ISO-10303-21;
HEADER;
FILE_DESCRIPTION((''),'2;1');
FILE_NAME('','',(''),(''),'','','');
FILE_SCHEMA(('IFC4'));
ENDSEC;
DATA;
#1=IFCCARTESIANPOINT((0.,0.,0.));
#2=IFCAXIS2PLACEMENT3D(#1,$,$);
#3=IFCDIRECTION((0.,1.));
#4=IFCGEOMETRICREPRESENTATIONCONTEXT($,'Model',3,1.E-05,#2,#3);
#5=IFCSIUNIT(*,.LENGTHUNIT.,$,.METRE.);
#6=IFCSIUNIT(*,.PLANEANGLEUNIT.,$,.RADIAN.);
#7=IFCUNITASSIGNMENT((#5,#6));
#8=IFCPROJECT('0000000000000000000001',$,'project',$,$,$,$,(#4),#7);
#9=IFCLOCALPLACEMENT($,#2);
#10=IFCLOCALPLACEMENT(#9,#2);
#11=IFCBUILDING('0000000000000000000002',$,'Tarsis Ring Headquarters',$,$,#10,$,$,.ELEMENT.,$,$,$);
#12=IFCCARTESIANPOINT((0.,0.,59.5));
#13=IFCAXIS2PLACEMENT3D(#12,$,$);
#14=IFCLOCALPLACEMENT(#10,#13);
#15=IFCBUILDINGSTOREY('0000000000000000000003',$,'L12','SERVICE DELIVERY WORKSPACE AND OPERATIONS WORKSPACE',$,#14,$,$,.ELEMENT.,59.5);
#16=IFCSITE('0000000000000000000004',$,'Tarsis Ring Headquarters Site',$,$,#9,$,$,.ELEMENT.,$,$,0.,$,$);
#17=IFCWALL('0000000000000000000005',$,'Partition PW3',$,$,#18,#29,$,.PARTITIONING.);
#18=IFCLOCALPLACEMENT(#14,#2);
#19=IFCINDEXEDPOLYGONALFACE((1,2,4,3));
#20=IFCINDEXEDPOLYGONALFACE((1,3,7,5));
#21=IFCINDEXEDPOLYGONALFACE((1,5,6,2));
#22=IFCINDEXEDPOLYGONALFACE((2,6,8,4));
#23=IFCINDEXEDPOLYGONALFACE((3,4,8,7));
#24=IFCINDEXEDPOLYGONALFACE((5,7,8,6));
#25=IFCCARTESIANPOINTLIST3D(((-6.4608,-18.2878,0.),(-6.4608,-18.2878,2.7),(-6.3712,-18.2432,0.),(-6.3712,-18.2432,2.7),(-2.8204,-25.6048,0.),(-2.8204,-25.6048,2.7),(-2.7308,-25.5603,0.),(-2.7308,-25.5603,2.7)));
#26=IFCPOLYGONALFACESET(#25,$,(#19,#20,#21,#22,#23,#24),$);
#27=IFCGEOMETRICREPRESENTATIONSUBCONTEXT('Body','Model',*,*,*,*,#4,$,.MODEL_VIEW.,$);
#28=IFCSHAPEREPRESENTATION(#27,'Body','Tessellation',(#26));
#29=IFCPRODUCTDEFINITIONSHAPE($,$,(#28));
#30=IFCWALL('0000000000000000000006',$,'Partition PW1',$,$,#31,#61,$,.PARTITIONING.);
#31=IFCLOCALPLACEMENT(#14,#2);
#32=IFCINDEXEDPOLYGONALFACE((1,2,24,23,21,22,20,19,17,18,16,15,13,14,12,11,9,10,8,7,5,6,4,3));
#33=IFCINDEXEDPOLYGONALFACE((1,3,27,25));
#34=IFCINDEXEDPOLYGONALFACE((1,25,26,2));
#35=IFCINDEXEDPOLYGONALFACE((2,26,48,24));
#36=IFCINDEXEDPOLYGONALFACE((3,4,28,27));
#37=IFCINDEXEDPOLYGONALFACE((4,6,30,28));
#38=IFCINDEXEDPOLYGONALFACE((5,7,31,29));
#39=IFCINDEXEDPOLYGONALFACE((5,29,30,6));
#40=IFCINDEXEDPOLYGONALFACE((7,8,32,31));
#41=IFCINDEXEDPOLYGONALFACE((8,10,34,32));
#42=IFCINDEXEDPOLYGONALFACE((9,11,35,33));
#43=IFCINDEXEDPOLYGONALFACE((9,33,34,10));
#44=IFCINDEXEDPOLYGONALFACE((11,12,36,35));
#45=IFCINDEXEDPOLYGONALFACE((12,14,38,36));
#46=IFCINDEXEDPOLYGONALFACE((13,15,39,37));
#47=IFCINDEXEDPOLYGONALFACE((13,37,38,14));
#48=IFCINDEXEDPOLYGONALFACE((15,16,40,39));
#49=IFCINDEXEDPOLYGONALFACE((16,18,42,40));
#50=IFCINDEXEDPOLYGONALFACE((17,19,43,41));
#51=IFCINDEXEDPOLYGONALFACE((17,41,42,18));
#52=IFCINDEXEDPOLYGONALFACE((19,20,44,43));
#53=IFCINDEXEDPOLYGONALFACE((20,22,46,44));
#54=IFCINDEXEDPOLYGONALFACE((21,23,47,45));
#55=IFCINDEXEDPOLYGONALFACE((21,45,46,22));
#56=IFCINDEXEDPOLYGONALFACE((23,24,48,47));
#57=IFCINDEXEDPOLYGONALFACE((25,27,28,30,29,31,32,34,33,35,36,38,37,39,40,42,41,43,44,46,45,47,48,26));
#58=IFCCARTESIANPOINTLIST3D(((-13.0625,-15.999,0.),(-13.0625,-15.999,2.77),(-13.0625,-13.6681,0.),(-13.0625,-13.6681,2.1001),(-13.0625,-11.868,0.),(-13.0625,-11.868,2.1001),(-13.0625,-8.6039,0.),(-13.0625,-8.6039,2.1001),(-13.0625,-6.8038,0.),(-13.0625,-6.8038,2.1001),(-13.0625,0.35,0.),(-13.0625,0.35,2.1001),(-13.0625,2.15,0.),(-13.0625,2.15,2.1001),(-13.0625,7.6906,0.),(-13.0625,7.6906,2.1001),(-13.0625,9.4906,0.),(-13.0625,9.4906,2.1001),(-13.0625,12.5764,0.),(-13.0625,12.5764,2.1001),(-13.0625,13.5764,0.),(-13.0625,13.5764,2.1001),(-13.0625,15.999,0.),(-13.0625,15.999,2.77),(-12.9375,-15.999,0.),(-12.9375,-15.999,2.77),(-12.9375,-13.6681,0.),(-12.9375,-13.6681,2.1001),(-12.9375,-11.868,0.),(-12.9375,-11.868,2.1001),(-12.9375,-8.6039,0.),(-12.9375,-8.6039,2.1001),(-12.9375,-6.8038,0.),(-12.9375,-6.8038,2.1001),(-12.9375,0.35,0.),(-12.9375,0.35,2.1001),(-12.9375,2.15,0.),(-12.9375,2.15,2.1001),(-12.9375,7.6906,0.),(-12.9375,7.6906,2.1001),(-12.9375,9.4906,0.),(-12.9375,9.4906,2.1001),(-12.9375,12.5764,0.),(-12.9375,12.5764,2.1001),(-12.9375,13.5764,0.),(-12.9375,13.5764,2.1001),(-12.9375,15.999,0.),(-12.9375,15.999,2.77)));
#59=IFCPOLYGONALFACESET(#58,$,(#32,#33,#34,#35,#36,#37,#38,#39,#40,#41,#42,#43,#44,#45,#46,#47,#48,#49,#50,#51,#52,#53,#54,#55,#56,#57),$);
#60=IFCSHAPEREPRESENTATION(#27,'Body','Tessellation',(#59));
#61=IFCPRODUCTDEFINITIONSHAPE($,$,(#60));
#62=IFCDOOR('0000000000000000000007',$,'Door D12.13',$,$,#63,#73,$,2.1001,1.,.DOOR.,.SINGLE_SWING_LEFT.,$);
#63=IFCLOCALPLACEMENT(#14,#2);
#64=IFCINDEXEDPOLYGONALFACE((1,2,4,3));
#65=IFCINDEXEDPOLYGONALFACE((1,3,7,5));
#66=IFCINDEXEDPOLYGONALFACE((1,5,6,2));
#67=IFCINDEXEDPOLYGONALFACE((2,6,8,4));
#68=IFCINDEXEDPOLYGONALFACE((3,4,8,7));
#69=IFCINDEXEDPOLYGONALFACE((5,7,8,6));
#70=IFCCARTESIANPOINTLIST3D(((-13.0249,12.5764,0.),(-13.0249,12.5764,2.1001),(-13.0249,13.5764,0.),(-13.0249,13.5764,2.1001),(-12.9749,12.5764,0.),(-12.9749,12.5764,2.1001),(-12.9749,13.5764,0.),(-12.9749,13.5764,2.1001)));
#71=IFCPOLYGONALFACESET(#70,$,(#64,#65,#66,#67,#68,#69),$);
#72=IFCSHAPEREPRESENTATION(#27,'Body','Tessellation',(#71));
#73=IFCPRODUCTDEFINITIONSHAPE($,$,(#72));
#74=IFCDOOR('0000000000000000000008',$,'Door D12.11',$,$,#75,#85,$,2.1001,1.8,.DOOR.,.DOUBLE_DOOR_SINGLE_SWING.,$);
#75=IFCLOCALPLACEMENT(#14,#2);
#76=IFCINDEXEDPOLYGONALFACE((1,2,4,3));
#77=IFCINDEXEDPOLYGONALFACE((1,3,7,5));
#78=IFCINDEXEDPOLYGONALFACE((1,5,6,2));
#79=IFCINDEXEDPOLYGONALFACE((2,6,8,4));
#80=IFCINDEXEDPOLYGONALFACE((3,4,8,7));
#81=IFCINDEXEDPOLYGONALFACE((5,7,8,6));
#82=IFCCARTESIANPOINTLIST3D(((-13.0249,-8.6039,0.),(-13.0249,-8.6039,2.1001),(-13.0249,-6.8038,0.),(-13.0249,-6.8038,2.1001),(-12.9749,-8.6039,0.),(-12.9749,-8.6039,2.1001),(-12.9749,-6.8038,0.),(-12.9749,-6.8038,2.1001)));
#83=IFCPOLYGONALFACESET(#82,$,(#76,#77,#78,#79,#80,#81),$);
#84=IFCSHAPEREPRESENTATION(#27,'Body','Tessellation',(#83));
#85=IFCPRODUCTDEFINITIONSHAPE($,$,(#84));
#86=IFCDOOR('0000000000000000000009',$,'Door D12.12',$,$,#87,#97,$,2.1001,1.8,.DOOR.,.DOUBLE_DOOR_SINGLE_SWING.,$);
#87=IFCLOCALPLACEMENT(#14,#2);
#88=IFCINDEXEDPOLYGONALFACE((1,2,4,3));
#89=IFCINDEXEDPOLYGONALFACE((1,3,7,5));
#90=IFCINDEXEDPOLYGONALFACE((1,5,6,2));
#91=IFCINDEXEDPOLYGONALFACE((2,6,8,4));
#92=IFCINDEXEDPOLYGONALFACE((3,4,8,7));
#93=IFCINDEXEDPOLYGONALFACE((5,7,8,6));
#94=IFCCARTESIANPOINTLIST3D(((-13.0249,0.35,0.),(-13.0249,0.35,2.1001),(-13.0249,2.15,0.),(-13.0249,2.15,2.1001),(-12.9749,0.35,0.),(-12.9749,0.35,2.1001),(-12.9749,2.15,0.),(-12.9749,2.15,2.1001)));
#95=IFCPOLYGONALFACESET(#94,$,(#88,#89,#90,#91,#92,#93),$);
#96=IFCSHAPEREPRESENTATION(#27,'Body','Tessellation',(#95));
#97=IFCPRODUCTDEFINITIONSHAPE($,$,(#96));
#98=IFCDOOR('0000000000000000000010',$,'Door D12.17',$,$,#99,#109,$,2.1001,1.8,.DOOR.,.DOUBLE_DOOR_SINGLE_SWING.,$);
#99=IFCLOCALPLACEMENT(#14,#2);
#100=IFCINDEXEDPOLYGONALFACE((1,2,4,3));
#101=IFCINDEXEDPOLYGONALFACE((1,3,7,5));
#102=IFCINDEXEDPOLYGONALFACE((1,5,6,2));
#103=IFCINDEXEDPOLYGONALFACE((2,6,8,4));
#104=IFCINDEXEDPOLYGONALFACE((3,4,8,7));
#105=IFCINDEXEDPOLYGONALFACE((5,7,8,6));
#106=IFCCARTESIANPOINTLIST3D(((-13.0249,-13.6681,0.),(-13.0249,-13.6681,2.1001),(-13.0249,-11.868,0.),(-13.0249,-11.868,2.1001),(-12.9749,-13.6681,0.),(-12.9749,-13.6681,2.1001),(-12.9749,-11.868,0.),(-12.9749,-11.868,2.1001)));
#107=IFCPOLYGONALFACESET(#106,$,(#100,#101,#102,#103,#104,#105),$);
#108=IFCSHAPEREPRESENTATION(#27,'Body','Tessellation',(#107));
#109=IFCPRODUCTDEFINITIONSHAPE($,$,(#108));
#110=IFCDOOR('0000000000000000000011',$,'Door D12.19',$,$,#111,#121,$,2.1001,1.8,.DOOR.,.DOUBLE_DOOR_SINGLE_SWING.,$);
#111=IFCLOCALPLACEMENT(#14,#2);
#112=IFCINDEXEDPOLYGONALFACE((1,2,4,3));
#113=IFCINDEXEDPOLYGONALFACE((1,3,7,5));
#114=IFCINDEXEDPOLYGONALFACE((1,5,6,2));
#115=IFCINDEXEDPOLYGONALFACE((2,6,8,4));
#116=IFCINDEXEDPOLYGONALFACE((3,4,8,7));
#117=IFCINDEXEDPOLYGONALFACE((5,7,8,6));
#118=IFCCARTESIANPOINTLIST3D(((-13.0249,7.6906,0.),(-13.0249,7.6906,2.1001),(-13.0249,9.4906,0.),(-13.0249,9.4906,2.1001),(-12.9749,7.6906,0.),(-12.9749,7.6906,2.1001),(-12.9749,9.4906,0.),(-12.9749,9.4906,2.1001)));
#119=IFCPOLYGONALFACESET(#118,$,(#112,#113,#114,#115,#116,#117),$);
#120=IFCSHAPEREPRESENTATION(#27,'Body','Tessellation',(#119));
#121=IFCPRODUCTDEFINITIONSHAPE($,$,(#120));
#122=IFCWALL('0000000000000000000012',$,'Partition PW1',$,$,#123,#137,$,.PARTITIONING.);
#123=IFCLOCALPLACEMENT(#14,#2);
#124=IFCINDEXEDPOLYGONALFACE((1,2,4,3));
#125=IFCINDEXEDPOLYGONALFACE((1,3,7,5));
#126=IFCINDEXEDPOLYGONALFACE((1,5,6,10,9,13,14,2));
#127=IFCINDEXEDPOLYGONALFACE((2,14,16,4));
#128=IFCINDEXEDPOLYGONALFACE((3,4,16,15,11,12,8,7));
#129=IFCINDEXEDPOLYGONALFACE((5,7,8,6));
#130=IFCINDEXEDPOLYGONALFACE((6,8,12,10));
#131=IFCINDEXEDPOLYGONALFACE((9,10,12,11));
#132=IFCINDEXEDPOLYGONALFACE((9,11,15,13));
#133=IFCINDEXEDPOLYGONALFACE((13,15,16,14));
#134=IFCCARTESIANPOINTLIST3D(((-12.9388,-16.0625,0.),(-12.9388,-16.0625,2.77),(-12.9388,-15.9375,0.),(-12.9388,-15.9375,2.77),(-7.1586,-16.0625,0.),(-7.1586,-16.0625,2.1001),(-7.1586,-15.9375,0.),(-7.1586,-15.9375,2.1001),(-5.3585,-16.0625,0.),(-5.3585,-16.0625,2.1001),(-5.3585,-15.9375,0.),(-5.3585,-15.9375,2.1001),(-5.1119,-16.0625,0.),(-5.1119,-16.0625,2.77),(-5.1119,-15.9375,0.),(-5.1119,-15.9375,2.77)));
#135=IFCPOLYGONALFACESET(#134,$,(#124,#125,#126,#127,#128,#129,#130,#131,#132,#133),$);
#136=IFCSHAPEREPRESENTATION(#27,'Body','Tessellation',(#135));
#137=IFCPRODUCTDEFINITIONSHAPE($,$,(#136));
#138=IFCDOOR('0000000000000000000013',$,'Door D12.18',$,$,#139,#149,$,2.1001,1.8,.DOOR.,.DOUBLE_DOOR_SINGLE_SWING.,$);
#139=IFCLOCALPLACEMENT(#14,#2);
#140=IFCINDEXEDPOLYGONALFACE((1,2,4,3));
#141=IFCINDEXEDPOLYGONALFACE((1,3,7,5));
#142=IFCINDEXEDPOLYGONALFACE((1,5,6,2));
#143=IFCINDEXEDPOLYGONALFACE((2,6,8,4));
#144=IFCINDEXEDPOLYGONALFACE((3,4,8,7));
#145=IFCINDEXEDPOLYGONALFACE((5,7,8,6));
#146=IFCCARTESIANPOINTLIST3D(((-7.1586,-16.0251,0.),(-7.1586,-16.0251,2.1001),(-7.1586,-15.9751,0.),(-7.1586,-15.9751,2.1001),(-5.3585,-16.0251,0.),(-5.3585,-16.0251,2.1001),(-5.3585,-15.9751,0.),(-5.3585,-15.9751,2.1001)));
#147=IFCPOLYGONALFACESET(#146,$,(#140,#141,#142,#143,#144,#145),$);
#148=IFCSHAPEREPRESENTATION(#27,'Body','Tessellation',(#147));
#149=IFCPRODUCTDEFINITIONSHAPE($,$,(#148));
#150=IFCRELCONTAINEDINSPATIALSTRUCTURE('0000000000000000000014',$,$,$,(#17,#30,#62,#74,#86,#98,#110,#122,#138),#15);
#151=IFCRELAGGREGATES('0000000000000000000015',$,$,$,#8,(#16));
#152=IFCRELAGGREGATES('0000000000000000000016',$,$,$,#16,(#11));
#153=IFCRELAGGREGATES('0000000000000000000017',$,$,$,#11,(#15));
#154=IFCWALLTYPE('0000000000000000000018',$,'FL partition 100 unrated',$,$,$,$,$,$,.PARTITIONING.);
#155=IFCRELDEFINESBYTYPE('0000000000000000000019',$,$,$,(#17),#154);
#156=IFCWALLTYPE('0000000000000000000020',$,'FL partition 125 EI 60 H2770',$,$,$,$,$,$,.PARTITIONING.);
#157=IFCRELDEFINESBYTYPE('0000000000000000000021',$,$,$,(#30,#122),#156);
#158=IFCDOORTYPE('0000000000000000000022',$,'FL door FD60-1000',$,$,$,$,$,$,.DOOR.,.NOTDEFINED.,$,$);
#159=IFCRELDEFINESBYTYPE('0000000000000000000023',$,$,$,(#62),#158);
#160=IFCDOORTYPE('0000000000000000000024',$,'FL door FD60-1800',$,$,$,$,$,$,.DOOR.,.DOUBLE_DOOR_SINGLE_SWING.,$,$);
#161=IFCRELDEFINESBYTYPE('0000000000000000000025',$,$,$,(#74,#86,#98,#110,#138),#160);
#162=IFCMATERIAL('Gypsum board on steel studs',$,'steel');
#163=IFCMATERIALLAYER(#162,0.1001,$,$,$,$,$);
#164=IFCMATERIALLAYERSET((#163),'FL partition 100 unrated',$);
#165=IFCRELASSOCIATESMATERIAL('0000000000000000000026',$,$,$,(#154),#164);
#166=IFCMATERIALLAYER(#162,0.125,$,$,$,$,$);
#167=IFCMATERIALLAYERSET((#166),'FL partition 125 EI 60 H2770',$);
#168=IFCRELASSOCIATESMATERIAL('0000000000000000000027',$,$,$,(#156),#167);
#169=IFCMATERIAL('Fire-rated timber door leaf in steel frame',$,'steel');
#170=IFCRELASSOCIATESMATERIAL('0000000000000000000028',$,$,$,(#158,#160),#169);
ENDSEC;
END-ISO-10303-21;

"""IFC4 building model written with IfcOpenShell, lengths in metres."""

from ifc_helpers import new_model, si_unit, direction, frame, frame_2d, origin, place, context, subcontext, project, spatial, rectangle, extrude, material, layer, layer_set, type_object, element, fill, save


model = new_model("IFC4")

# Units and contexts
model_context = context("Model", 3, precision=1e-05, world=origin(), true_north=direction((0.0, 1.0)))
body_context = subcontext(model_context, "Body", "Model", "MODEL_VIEW")
ifc_project = project(units=[si_unit("LENGTHUNIT", "METRE"), si_unit("PLANEANGLEUNIT", "RADIAN")], contexts=[model_context])

# Site, building, storey
site_placement = place(None, origin())
site = spatial("IfcSite", under=ifc_project, at=site_placement, Name="Tarsis Ring Headquarters Site", CompositionType="ELEMENT", RefElevation=0.0)
building_placement = place(site_placement, origin())
building = spatial("IfcBuilding", under=site, at=building_placement, Name="Tarsis Ring Headquarters", CompositionType="ELEMENT")
storey_placement = place(building_placement, frame((0.0, 0.0, 59.5)))
storey = spatial("IfcBuildingStorey", under=building, at=storey_placement, Name="L12", Description="SERVICE DELIVERY WORKSPACE AND OPERATIONS WORKSPACE", CompositionType="ELEMENT", Elevation=59.5)

# Wall
ifc_material_1 = material(Name="Gypsum board on steel studs", Category="steel")
ifc_layer_1 = layer(ifc_material_1, 0.1001)
ifc_layer_set_1 = layer_set([ifc_layer_1], Name="FL partition 100 unrated")
wall_type_1 = type_object("IfcWallType", Name="FL partition 100 unrated", PredefinedType="PARTITIONING", material=ifc_layer_set_1)
wall_1_placement = place(storey_placement, frame((-6.416, -18.2654, 0.0), z_axis=(0.0, 0.0, 1.0), x_axis=(0.445432, -0.895316, 0.0)))
element("IfcWall", 1, at=wall_1_placement, inside=storey, type_object=wall_type_1, Name="Partition PW3", PredefinedType="PARTITIONING", context=body_context, shape_type="SweptSolid", body=[
    extrude(rectangle(XDim=8.1726, YDim=0.1001, at=frame_2d((4.0864, 0.0))), origin(), (0.0, 0.0, 1.0), 2.7),
])

# Wall, openings, doors
ifc_layer_2 = layer(ifc_material_1, 0.125)
ifc_layer_set_2 = layer_set([ifc_layer_2], Name="FL partition 125 EI 60 H2770")
wall_type_2 = type_object("IfcWallType", Name="FL partition 125 EI 60 H2770", PredefinedType="PARTITIONING", material=ifc_layer_set_2)
wall_2_placement = place(storey_placement, frame((-13.0, -15.999, 0.0), z_axis=(0.0, 0.0, 1.0), x_axis=(0.0, 1.0, 0.0)))
wall_2 = element("IfcWall", 2, at=wall_2_placement, inside=storey, type_object=wall_type_2, Name="Partition PW1", PredefinedType="PARTITIONING", context=body_context, shape_type="SweptSolid", body=[
    extrude(rectangle(XDim=31.998, YDim=0.125, at=frame_2d((15.999, 0.0))), origin(), (0.0, 0.0, 1.0), 2.77),
])
opening_1_placement = place(wall_2_placement, frame((7.3953, 0.0, 0.0)))
opening_1 = element("IfcOpeningElement", 3, at=opening_1_placement, cuts=wall_2, PredefinedType="OPENING", context=body_context, shape_type="SweptSolid", body=[
    extrude(rectangle(XDim=1.8, YDim=2.1001, at=frame_2d((0.8999, 1.05))), frame((0.0, 0.0725, 0.0), z_axis=(0.0, -1.0, 0.0), x_axis=(1.0, 0.0, 0.0)), (0.0, 0.0, 1.0), 0.145),
])
opening_2_placement = place(wall_2_placement, frame((16.3491, 0.0, 0.0)))
opening_2 = element("IfcOpeningElement", 4, at=opening_2_placement, cuts=wall_2, PredefinedType="OPENING", context=body_context, shape_type="SweptSolid", body=[
    extrude(rectangle(XDim=1.8, YDim=2.1001, at=frame_2d((0.8999, 1.05))), frame((0.0, 0.0725, 0.0), z_axis=(0.0, -1.0, 0.0), x_axis=(1.0, 0.0, 0.0)), (0.0, 0.0, 1.0), 0.145),
])
opening_3_placement = place(wall_2_placement, frame((28.5754, 0.0, 0.0)))
opening_3 = element("IfcOpeningElement", 5, at=opening_3_placement, cuts=wall_2, PredefinedType="OPENING", context=body_context, shape_type="SweptSolid", body=[
    extrude(rectangle(XDim=1.0, YDim=2.1001, at=frame_2d((0.5, 1.05))), frame((0.0, 0.0725, 0.0), z_axis=(0.0, -1.0, 0.0), x_axis=(1.0, 0.0, 0.0)), (0.0, 0.0, 1.0), 0.145),
])
opening_4_placement = place(wall_2_placement, frame((2.3311, 0.0, 0.0)))
opening_4 = element("IfcOpeningElement", 6, at=opening_4_placement, cuts=wall_2, PredefinedType="OPENING", context=body_context, shape_type="SweptSolid", body=[
    extrude(rectangle(XDim=1.8, YDim=2.1001, at=frame_2d((0.8999, 1.05))), frame((0.0, 0.0725, 0.0), z_axis=(0.0, -1.0, 0.0), x_axis=(1.0, 0.0, 0.0)), (0.0, 0.0, 1.0), 0.145),
])
opening_5_placement = place(wall_2_placement, frame((23.6897, 0.0, 0.0)))
opening_5 = element("IfcOpeningElement", 7, at=opening_5_placement, cuts=wall_2, PredefinedType="OPENING", context=body_context, shape_type="SweptSolid", body=[
    extrude(rectangle(XDim=1.8, YDim=2.1001, at=frame_2d((0.8999, 1.05))), frame((0.0, 0.0725, 0.0), z_axis=(0.0, -1.0, 0.0), x_axis=(1.0, 0.0, 0.0)), (0.0, 0.0, 1.0), 0.145),
])
ifc_material_2 = material(Name="Fire-rated timber door leaf in steel frame", Category="steel")
door_type_1 = type_object("IfcDoorType", Name="FL door FD60-1000", OperationType="NOTDEFINED", PredefinedType="DOOR", material=ifc_material_2)
door_1_placement = place(opening_3_placement, origin())
door_1 = element("IfcDoor", 8, at=door_1_placement, inside=storey, type_object=door_type_1, Name="Door D12.13", OperationType="SINGLE_SWING_LEFT", OverallHeight=2.1001, OverallWidth=1.0, PredefinedType="DOOR", context=body_context, shape_type="SweptSolid", body=[
    extrude(rectangle(XDim=1.0, YDim=2.1001, at=frame_2d((0.5, 1.05))), frame((0.0, 0.0249, 0.0), z_axis=(0.0, -1.0, 0.0), x_axis=(1.0, 0.0, 0.0)), (0.0, 0.0, 1.0), 0.05),
])
fill(opening_3, door_1)
door_type_2 = type_object("IfcDoorType", Name="FL door FD60-1800", OperationType="DOUBLE_DOOR_SINGLE_SWING", PredefinedType="DOOR", material=ifc_material_2)
door_2_placement = place(opening_1_placement, origin())
door_2 = element("IfcDoor", 9, at=door_2_placement, inside=storey, type_object=door_type_2, Name="Door D12.11", OperationType="DOUBLE_DOOR_SINGLE_SWING", OverallHeight=2.1001, OverallWidth=1.8, PredefinedType="DOOR", context=body_context, shape_type="SweptSolid", body=[
    extrude(rectangle(XDim=1.8, YDim=2.1001, at=frame_2d((0.8999, 1.05))), frame((0.0, 0.0249, 0.0), z_axis=(0.0, -1.0, 0.0), x_axis=(1.0, 0.0, 0.0)), (0.0, 0.0, 1.0), 0.05),
])
fill(opening_1, door_2)
door_3_placement = place(opening_2_placement, origin())
door_3 = element("IfcDoor", 10, at=door_3_placement, inside=storey, type_object=door_type_2, Name="Door D12.12", OperationType="DOUBLE_DOOR_SINGLE_SWING", OverallHeight=2.1001, OverallWidth=1.8, PredefinedType="DOOR", context=body_context, shape_type="SweptSolid", body=[
    extrude(rectangle(XDim=1.8, YDim=2.1001, at=frame_2d((0.8999, 1.05))), frame((0.0, 0.0249, 0.0), z_axis=(0.0, -1.0, 0.0), x_axis=(1.0, 0.0, 0.0)), (0.0, 0.0, 1.0), 0.05),
])
fill(opening_2, door_3)
door_4_placement = place(opening_4_placement, origin())
door_4 = element("IfcDoor", 11, at=door_4_placement, inside=storey, type_object=door_type_2, Name="Door D12.17", OperationType="DOUBLE_DOOR_SINGLE_SWING", OverallHeight=2.1001, OverallWidth=1.8, PredefinedType="DOOR", context=body_context, shape_type="SweptSolid", body=[
    extrude(rectangle(XDim=1.8, YDim=2.1001, at=frame_2d((0.8999, 1.05))), frame((0.0, 0.0249, 0.0), z_axis=(0.0, -1.0, 0.0), x_axis=(1.0, 0.0, 0.0)), (0.0, 0.0, 1.0), 0.05),
])
fill(opening_4, door_4)
door_5_placement = place(opening_5_placement, origin())
door_5 = element("IfcDoor", 12, at=door_5_placement, inside=storey, type_object=door_type_2, Name="Door D12.19", OperationType="DOUBLE_DOOR_SINGLE_SWING", OverallHeight=2.1001, OverallWidth=1.8, PredefinedType="DOOR", context=body_context, shape_type="SweptSolid", body=[
    extrude(rectangle(XDim=1.8, YDim=2.1001, at=frame_2d((0.8999, 1.05))), frame((0.0, 0.0249, 0.0), z_axis=(0.0, -1.0, 0.0), x_axis=(1.0, 0.0, 0.0)), (0.0, 0.0, 1.0), 0.05),
])
fill(opening_5, door_5)

# Wall, opening, door
wall_3_placement = place(storey_placement, frame((-12.939, -16.0, 0.0), z_axis=(0.0, 0.0, 1.0), x_axis=(1.0, 0.0, 0.0)))
wall_3 = element("IfcWall", 13, at=wall_3_placement, inside=storey, type_object=wall_type_2, Name="Partition PW1", PredefinedType="PARTITIONING", context=body_context, shape_type="SweptSolid", body=[
    extrude(rectangle(XDim=7.8269, YDim=0.125, at=frame_2d((3.9136, 0.0))), origin(), (0.0, 0.0, 1.0), 2.77),
])
opening_6_placement = place(wall_3_placement, frame((5.7805, 0.0, 0.0)))
opening_6 = element("IfcOpeningElement", 14, at=opening_6_placement, cuts=wall_3, PredefinedType="OPENING", context=body_context, shape_type="SweptSolid", body=[
    extrude(rectangle(XDim=1.8, YDim=2.1001, at=frame_2d((0.8999, 1.05))), frame((0.0, 0.0725, 0.0), z_axis=(0.0, -1.0, 0.0), x_axis=(1.0, 0.0, 0.0)), (0.0, 0.0, 1.0), 0.145),
])
door_6_placement = place(opening_6_placement, origin())
door_6 = element("IfcDoor", 15, at=door_6_placement, inside=storey, type_object=door_type_2, Name="Door D12.18", OperationType="DOUBLE_DOOR_SINGLE_SWING", OverallHeight=2.1001, OverallWidth=1.8, PredefinedType="DOOR", context=body_context, shape_type="SweptSolid", body=[
    extrude(rectangle(XDim=1.8, YDim=2.1001, at=frame_2d((0.8999, 1.05))), frame((0.0, 0.0249, 0.0), z_axis=(0.0, -1.0, 0.0), x_axis=(1.0, 0.0, 0.0)), (0.0, 0.0, 1.0), 0.05),
])
fill(opening_6, door_6)

save(model, "model.ifc")
